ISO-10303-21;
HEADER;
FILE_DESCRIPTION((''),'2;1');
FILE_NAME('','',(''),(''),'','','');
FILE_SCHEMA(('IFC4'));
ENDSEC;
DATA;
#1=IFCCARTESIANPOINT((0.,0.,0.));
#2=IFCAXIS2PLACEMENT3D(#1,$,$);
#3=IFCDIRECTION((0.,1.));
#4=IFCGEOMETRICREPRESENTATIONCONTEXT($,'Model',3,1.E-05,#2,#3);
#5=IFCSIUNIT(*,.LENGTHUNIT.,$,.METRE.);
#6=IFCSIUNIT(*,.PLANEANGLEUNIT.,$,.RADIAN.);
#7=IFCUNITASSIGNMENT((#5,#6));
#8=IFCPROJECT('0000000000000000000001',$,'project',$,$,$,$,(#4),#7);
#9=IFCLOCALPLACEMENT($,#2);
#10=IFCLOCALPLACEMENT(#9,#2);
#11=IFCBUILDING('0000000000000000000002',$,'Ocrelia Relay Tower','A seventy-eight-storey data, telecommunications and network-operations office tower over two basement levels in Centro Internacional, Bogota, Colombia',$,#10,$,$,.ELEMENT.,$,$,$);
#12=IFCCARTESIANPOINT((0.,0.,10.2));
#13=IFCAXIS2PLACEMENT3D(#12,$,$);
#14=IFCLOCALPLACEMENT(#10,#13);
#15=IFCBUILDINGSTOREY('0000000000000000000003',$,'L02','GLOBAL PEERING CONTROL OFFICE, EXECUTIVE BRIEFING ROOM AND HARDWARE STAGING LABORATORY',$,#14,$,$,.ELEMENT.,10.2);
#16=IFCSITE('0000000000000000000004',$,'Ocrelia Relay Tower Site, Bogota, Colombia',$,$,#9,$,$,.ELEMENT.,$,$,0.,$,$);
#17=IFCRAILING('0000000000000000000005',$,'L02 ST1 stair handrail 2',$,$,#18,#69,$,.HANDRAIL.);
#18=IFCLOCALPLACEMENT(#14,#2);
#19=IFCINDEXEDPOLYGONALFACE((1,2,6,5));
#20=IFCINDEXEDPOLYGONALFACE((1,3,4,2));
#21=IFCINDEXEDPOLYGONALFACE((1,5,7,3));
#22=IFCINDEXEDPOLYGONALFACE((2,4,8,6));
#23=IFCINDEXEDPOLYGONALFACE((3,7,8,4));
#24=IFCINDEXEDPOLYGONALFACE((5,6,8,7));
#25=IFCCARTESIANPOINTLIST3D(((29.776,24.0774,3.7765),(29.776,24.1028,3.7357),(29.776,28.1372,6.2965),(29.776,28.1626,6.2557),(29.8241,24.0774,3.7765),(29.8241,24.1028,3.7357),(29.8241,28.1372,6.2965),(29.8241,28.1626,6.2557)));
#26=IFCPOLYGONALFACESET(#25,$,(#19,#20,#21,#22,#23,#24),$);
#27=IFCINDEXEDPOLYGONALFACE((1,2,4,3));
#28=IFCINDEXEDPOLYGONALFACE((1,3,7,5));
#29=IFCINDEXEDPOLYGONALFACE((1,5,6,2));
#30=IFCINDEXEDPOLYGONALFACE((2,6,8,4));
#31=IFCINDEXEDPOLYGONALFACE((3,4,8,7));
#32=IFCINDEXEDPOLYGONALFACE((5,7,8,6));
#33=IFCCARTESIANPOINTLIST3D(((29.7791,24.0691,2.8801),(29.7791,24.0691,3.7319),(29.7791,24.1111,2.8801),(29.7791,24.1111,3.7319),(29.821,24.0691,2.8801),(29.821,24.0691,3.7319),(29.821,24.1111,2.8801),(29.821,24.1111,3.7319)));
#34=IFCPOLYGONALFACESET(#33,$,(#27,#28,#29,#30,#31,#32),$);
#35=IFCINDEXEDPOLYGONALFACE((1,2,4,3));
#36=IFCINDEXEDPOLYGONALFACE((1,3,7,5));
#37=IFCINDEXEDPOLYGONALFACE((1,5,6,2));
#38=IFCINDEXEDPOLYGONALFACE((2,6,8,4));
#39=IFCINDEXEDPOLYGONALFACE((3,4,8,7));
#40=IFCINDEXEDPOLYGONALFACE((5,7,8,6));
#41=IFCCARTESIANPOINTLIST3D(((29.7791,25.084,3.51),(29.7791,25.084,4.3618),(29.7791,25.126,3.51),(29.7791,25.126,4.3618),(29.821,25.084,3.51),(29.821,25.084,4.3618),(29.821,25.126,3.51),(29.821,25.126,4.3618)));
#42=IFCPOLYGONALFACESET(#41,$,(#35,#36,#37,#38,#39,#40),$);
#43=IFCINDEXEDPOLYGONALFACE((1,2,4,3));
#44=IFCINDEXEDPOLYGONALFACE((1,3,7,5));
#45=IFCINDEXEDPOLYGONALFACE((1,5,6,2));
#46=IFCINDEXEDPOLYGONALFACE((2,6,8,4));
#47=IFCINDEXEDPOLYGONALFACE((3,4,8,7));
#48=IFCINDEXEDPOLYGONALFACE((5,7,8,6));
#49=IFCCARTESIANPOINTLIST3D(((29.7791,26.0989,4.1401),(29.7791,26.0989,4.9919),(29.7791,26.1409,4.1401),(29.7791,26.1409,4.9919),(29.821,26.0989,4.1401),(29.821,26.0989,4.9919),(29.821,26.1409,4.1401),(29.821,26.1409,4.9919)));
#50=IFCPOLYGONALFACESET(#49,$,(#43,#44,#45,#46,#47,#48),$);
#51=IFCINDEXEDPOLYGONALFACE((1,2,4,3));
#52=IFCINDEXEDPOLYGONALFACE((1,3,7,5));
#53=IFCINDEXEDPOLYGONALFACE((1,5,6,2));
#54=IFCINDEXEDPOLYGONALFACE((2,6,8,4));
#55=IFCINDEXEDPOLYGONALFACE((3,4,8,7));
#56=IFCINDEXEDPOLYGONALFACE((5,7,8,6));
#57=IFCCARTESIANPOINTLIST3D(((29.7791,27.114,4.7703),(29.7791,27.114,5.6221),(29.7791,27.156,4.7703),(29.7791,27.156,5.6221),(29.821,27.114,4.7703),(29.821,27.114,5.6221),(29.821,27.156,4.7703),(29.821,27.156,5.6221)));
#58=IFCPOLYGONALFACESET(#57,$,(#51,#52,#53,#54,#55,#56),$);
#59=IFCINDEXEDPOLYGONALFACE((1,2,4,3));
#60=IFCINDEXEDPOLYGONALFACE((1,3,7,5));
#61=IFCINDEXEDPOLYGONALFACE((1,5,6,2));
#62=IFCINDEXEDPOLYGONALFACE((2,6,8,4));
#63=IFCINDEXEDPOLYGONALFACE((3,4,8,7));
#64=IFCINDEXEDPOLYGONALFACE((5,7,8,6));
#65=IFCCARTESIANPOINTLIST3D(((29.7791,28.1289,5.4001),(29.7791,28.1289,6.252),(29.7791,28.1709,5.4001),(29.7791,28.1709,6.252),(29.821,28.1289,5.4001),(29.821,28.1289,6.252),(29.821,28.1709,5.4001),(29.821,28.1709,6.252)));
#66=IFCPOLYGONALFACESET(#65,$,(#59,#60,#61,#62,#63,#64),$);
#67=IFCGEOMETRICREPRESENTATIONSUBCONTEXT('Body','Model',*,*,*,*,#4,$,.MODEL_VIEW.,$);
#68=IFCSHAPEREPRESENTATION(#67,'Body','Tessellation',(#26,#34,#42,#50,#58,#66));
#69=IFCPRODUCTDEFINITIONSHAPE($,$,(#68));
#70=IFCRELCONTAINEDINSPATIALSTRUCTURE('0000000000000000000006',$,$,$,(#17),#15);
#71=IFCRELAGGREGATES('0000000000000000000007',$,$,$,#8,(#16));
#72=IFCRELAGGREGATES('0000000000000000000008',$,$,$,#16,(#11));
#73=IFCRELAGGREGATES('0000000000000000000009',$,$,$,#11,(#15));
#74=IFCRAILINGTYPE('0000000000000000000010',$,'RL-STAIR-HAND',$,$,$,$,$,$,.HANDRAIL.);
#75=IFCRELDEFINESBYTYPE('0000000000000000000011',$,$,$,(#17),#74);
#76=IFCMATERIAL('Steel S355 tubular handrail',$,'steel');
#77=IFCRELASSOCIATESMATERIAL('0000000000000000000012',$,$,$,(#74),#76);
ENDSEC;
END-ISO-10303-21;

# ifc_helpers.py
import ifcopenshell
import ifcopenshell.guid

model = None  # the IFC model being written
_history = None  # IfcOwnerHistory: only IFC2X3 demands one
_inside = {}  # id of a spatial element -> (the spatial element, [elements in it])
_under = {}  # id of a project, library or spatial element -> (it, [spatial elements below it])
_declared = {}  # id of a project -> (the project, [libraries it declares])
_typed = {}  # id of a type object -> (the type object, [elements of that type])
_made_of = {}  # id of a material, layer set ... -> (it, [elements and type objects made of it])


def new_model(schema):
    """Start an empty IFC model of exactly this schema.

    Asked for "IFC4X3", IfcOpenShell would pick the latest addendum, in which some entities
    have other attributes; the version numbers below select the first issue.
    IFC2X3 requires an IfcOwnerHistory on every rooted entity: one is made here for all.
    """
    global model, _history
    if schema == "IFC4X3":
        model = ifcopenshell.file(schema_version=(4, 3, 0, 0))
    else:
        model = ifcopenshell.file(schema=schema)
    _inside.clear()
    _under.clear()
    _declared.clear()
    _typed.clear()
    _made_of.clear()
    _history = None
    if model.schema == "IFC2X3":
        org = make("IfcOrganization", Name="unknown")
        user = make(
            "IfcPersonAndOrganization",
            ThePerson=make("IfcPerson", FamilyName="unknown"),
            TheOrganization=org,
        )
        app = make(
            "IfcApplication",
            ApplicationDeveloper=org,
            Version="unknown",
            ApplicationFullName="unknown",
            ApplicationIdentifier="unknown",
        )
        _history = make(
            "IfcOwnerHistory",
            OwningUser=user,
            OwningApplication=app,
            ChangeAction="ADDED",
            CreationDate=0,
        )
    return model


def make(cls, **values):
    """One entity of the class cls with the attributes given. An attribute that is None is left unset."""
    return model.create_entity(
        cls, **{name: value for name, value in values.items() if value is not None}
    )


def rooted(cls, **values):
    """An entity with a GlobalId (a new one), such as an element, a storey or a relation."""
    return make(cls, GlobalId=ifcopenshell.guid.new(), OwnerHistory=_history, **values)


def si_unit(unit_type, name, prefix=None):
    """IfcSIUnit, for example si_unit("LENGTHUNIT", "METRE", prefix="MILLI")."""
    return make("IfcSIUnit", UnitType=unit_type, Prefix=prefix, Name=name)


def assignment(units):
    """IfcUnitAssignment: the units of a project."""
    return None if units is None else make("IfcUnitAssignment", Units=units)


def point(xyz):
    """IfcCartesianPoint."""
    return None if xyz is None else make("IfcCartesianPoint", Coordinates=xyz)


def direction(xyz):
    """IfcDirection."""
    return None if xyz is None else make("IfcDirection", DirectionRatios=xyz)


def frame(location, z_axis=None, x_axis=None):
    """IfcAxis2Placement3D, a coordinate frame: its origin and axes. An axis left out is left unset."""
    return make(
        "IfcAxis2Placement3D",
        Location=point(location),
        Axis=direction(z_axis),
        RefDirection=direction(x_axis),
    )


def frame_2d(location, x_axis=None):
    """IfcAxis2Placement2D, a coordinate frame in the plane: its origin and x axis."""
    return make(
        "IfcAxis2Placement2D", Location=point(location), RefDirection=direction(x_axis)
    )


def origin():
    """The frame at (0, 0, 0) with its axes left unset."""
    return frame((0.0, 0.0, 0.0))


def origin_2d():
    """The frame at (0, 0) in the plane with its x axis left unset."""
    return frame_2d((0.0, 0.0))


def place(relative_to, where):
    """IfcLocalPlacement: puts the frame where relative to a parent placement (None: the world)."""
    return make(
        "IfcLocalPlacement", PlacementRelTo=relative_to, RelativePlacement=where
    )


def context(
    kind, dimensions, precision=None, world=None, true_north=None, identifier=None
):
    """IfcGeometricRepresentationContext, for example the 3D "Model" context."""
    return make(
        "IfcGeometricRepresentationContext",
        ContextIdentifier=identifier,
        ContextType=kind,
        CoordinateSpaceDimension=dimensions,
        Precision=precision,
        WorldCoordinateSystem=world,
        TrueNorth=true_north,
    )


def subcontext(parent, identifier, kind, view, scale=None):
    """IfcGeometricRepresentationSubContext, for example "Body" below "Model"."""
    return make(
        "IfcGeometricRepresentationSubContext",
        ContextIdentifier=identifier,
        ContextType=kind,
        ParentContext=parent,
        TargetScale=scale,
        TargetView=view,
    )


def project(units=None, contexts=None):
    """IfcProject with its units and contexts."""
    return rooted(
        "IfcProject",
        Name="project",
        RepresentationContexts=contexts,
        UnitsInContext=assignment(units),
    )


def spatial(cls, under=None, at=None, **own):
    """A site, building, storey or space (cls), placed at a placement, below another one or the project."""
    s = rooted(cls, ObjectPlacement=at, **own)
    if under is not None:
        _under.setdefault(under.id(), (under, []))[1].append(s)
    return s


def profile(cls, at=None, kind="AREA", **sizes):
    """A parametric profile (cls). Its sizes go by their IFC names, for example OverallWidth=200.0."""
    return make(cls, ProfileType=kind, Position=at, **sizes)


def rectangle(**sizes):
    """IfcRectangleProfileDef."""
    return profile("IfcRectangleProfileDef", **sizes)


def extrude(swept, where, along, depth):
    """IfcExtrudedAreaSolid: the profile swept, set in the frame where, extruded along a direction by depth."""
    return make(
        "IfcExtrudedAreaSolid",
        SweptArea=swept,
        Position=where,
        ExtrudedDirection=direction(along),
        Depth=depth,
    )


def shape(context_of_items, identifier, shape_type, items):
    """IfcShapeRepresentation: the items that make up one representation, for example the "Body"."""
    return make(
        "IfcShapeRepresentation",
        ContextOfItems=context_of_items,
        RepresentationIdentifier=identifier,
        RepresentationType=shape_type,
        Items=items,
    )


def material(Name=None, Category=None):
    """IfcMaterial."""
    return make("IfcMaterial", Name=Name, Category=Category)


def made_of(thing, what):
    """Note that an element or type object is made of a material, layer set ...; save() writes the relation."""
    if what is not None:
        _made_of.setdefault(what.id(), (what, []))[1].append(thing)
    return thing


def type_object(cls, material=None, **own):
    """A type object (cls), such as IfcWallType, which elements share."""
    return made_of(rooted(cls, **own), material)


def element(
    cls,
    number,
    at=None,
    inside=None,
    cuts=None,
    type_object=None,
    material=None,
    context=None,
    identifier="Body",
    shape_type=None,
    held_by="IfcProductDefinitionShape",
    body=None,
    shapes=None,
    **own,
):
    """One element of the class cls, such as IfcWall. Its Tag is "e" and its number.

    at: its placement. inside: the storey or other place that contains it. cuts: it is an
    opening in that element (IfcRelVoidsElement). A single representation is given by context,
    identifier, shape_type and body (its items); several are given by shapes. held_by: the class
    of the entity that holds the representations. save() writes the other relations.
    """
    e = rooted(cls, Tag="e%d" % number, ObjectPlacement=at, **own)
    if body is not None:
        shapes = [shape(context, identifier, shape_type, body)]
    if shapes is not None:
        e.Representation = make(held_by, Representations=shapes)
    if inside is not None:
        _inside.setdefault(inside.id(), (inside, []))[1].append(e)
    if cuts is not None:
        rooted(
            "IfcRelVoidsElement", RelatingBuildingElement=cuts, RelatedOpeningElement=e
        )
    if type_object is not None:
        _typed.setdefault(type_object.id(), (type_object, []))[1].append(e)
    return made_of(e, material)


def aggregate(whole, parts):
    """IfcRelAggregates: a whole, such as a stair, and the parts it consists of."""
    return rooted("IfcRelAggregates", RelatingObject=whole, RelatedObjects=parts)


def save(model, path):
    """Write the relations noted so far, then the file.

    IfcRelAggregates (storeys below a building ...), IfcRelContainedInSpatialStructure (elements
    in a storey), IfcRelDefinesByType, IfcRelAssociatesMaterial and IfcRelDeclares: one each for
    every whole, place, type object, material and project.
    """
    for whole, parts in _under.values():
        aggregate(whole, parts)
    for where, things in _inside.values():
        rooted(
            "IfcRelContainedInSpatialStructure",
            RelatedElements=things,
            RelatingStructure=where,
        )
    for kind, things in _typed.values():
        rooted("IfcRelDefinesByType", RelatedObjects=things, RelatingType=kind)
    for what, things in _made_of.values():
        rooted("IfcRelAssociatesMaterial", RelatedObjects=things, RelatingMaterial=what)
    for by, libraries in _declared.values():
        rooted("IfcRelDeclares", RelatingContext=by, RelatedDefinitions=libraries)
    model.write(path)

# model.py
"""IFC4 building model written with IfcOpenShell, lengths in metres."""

from ifc_helpers import new_model, si_unit, direction, frame, origin, origin_2d, place, context, subcontext, project, spatial, rectangle, extrude, material, type_object, element, save


model = new_model("IFC4")

# Units and contexts
model_context = context("Model", 3, precision=1e-05, world=origin(), true_north=direction((0.0, 1.0)))
body_context = subcontext(model_context, "Body", "Model", "MODEL_VIEW")
ifc_project = project(units=[si_unit("LENGTHUNIT", "METRE"), si_unit("PLANEANGLEUNIT", "RADIAN")], contexts=[model_context])

# Site, building, storey
site_placement = place(None, origin())
site = spatial("IfcSite", under=ifc_project, at=site_placement, Name="Ocrelia Relay Tower Site, Bogota, Colombia", CompositionType="ELEMENT", RefElevation=0.0)
building_placement = place(site_placement, origin())
building = spatial("IfcBuilding", under=site, at=building_placement, Name="Ocrelia Relay Tower", Description="A seventy-eight-storey data, telecommunications and network-operations office tower over two basement levels in Centro Internacional, Bogota, Colombia", CompositionType="ELEMENT")
storey_placement = place(building_placement, frame((0.0, 0.0, 10.2)))
storey = spatial("IfcBuildingStorey", under=building, at=storey_placement, Name="L02", Description="GLOBAL PEERING CONTROL OFFICE, EXECUTIVE BRIEFING ROOM AND HARDWARE STAGING LABORATORY", CompositionType="ELEMENT", Elevation=10.2)

# Railing
ifc_material_1 = material(Name="Steel S355 tubular handrail", Category="steel")
railing_type_1 = type_object("IfcRailingType", Name="RL-STAIR-HAND", PredefinedType="HANDRAIL", material=ifc_material_1)
railing_1_placement = place(storey_placement, frame((29.8, 24.0901, 2.8801)))
element("IfcRailing", 1, at=railing_1_placement, inside=storey, type_object=railing_type_1, Name="L02 ST1 stair handrail 2", PredefinedType="HANDRAIL", context=body_context, shape_type="SweptSolid", body=[
    extrude(rectangle(XDim=0.0481, YDim=0.0481, at=origin_2d()), frame((0.0, 0.0, 0.876), z_axis=(0.0, 0.849628, 0.527383), x_axis=(-1.0, 0.0, 0.0)), (0.0, 0.0, 1.0), 4.7783),
    extrude(rectangle(XDim=0.042, YDim=0.042, at=origin_2d()), origin(), (0.0, 0.0, 1.0), 0.8518),
    extrude(rectangle(XDim=0.042, YDim=0.042, at=origin_2d()), frame((0.0, 1.0149, 0.6299)), (0.0, 0.0, 1.0), 0.8518),
    extrude(rectangle(XDim=0.042, YDim=0.042, at=origin_2d()), frame((0.0, 2.0298, 1.26)), (0.0, 0.0, 1.0), 0.8518),
    extrude(rectangle(XDim=0.042, YDim=0.042, at=origin_2d()), frame((0.0, 3.0449, 1.8901)), (0.0, 0.0, 1.0), 0.8518),
    extrude(rectangle(XDim=0.042, YDim=0.042, at=origin_2d()), frame((0.0, 4.0598, 2.52)), (0.0, 0.0, 1.0), 0.8518),
])

save(model, "model.ifc")
